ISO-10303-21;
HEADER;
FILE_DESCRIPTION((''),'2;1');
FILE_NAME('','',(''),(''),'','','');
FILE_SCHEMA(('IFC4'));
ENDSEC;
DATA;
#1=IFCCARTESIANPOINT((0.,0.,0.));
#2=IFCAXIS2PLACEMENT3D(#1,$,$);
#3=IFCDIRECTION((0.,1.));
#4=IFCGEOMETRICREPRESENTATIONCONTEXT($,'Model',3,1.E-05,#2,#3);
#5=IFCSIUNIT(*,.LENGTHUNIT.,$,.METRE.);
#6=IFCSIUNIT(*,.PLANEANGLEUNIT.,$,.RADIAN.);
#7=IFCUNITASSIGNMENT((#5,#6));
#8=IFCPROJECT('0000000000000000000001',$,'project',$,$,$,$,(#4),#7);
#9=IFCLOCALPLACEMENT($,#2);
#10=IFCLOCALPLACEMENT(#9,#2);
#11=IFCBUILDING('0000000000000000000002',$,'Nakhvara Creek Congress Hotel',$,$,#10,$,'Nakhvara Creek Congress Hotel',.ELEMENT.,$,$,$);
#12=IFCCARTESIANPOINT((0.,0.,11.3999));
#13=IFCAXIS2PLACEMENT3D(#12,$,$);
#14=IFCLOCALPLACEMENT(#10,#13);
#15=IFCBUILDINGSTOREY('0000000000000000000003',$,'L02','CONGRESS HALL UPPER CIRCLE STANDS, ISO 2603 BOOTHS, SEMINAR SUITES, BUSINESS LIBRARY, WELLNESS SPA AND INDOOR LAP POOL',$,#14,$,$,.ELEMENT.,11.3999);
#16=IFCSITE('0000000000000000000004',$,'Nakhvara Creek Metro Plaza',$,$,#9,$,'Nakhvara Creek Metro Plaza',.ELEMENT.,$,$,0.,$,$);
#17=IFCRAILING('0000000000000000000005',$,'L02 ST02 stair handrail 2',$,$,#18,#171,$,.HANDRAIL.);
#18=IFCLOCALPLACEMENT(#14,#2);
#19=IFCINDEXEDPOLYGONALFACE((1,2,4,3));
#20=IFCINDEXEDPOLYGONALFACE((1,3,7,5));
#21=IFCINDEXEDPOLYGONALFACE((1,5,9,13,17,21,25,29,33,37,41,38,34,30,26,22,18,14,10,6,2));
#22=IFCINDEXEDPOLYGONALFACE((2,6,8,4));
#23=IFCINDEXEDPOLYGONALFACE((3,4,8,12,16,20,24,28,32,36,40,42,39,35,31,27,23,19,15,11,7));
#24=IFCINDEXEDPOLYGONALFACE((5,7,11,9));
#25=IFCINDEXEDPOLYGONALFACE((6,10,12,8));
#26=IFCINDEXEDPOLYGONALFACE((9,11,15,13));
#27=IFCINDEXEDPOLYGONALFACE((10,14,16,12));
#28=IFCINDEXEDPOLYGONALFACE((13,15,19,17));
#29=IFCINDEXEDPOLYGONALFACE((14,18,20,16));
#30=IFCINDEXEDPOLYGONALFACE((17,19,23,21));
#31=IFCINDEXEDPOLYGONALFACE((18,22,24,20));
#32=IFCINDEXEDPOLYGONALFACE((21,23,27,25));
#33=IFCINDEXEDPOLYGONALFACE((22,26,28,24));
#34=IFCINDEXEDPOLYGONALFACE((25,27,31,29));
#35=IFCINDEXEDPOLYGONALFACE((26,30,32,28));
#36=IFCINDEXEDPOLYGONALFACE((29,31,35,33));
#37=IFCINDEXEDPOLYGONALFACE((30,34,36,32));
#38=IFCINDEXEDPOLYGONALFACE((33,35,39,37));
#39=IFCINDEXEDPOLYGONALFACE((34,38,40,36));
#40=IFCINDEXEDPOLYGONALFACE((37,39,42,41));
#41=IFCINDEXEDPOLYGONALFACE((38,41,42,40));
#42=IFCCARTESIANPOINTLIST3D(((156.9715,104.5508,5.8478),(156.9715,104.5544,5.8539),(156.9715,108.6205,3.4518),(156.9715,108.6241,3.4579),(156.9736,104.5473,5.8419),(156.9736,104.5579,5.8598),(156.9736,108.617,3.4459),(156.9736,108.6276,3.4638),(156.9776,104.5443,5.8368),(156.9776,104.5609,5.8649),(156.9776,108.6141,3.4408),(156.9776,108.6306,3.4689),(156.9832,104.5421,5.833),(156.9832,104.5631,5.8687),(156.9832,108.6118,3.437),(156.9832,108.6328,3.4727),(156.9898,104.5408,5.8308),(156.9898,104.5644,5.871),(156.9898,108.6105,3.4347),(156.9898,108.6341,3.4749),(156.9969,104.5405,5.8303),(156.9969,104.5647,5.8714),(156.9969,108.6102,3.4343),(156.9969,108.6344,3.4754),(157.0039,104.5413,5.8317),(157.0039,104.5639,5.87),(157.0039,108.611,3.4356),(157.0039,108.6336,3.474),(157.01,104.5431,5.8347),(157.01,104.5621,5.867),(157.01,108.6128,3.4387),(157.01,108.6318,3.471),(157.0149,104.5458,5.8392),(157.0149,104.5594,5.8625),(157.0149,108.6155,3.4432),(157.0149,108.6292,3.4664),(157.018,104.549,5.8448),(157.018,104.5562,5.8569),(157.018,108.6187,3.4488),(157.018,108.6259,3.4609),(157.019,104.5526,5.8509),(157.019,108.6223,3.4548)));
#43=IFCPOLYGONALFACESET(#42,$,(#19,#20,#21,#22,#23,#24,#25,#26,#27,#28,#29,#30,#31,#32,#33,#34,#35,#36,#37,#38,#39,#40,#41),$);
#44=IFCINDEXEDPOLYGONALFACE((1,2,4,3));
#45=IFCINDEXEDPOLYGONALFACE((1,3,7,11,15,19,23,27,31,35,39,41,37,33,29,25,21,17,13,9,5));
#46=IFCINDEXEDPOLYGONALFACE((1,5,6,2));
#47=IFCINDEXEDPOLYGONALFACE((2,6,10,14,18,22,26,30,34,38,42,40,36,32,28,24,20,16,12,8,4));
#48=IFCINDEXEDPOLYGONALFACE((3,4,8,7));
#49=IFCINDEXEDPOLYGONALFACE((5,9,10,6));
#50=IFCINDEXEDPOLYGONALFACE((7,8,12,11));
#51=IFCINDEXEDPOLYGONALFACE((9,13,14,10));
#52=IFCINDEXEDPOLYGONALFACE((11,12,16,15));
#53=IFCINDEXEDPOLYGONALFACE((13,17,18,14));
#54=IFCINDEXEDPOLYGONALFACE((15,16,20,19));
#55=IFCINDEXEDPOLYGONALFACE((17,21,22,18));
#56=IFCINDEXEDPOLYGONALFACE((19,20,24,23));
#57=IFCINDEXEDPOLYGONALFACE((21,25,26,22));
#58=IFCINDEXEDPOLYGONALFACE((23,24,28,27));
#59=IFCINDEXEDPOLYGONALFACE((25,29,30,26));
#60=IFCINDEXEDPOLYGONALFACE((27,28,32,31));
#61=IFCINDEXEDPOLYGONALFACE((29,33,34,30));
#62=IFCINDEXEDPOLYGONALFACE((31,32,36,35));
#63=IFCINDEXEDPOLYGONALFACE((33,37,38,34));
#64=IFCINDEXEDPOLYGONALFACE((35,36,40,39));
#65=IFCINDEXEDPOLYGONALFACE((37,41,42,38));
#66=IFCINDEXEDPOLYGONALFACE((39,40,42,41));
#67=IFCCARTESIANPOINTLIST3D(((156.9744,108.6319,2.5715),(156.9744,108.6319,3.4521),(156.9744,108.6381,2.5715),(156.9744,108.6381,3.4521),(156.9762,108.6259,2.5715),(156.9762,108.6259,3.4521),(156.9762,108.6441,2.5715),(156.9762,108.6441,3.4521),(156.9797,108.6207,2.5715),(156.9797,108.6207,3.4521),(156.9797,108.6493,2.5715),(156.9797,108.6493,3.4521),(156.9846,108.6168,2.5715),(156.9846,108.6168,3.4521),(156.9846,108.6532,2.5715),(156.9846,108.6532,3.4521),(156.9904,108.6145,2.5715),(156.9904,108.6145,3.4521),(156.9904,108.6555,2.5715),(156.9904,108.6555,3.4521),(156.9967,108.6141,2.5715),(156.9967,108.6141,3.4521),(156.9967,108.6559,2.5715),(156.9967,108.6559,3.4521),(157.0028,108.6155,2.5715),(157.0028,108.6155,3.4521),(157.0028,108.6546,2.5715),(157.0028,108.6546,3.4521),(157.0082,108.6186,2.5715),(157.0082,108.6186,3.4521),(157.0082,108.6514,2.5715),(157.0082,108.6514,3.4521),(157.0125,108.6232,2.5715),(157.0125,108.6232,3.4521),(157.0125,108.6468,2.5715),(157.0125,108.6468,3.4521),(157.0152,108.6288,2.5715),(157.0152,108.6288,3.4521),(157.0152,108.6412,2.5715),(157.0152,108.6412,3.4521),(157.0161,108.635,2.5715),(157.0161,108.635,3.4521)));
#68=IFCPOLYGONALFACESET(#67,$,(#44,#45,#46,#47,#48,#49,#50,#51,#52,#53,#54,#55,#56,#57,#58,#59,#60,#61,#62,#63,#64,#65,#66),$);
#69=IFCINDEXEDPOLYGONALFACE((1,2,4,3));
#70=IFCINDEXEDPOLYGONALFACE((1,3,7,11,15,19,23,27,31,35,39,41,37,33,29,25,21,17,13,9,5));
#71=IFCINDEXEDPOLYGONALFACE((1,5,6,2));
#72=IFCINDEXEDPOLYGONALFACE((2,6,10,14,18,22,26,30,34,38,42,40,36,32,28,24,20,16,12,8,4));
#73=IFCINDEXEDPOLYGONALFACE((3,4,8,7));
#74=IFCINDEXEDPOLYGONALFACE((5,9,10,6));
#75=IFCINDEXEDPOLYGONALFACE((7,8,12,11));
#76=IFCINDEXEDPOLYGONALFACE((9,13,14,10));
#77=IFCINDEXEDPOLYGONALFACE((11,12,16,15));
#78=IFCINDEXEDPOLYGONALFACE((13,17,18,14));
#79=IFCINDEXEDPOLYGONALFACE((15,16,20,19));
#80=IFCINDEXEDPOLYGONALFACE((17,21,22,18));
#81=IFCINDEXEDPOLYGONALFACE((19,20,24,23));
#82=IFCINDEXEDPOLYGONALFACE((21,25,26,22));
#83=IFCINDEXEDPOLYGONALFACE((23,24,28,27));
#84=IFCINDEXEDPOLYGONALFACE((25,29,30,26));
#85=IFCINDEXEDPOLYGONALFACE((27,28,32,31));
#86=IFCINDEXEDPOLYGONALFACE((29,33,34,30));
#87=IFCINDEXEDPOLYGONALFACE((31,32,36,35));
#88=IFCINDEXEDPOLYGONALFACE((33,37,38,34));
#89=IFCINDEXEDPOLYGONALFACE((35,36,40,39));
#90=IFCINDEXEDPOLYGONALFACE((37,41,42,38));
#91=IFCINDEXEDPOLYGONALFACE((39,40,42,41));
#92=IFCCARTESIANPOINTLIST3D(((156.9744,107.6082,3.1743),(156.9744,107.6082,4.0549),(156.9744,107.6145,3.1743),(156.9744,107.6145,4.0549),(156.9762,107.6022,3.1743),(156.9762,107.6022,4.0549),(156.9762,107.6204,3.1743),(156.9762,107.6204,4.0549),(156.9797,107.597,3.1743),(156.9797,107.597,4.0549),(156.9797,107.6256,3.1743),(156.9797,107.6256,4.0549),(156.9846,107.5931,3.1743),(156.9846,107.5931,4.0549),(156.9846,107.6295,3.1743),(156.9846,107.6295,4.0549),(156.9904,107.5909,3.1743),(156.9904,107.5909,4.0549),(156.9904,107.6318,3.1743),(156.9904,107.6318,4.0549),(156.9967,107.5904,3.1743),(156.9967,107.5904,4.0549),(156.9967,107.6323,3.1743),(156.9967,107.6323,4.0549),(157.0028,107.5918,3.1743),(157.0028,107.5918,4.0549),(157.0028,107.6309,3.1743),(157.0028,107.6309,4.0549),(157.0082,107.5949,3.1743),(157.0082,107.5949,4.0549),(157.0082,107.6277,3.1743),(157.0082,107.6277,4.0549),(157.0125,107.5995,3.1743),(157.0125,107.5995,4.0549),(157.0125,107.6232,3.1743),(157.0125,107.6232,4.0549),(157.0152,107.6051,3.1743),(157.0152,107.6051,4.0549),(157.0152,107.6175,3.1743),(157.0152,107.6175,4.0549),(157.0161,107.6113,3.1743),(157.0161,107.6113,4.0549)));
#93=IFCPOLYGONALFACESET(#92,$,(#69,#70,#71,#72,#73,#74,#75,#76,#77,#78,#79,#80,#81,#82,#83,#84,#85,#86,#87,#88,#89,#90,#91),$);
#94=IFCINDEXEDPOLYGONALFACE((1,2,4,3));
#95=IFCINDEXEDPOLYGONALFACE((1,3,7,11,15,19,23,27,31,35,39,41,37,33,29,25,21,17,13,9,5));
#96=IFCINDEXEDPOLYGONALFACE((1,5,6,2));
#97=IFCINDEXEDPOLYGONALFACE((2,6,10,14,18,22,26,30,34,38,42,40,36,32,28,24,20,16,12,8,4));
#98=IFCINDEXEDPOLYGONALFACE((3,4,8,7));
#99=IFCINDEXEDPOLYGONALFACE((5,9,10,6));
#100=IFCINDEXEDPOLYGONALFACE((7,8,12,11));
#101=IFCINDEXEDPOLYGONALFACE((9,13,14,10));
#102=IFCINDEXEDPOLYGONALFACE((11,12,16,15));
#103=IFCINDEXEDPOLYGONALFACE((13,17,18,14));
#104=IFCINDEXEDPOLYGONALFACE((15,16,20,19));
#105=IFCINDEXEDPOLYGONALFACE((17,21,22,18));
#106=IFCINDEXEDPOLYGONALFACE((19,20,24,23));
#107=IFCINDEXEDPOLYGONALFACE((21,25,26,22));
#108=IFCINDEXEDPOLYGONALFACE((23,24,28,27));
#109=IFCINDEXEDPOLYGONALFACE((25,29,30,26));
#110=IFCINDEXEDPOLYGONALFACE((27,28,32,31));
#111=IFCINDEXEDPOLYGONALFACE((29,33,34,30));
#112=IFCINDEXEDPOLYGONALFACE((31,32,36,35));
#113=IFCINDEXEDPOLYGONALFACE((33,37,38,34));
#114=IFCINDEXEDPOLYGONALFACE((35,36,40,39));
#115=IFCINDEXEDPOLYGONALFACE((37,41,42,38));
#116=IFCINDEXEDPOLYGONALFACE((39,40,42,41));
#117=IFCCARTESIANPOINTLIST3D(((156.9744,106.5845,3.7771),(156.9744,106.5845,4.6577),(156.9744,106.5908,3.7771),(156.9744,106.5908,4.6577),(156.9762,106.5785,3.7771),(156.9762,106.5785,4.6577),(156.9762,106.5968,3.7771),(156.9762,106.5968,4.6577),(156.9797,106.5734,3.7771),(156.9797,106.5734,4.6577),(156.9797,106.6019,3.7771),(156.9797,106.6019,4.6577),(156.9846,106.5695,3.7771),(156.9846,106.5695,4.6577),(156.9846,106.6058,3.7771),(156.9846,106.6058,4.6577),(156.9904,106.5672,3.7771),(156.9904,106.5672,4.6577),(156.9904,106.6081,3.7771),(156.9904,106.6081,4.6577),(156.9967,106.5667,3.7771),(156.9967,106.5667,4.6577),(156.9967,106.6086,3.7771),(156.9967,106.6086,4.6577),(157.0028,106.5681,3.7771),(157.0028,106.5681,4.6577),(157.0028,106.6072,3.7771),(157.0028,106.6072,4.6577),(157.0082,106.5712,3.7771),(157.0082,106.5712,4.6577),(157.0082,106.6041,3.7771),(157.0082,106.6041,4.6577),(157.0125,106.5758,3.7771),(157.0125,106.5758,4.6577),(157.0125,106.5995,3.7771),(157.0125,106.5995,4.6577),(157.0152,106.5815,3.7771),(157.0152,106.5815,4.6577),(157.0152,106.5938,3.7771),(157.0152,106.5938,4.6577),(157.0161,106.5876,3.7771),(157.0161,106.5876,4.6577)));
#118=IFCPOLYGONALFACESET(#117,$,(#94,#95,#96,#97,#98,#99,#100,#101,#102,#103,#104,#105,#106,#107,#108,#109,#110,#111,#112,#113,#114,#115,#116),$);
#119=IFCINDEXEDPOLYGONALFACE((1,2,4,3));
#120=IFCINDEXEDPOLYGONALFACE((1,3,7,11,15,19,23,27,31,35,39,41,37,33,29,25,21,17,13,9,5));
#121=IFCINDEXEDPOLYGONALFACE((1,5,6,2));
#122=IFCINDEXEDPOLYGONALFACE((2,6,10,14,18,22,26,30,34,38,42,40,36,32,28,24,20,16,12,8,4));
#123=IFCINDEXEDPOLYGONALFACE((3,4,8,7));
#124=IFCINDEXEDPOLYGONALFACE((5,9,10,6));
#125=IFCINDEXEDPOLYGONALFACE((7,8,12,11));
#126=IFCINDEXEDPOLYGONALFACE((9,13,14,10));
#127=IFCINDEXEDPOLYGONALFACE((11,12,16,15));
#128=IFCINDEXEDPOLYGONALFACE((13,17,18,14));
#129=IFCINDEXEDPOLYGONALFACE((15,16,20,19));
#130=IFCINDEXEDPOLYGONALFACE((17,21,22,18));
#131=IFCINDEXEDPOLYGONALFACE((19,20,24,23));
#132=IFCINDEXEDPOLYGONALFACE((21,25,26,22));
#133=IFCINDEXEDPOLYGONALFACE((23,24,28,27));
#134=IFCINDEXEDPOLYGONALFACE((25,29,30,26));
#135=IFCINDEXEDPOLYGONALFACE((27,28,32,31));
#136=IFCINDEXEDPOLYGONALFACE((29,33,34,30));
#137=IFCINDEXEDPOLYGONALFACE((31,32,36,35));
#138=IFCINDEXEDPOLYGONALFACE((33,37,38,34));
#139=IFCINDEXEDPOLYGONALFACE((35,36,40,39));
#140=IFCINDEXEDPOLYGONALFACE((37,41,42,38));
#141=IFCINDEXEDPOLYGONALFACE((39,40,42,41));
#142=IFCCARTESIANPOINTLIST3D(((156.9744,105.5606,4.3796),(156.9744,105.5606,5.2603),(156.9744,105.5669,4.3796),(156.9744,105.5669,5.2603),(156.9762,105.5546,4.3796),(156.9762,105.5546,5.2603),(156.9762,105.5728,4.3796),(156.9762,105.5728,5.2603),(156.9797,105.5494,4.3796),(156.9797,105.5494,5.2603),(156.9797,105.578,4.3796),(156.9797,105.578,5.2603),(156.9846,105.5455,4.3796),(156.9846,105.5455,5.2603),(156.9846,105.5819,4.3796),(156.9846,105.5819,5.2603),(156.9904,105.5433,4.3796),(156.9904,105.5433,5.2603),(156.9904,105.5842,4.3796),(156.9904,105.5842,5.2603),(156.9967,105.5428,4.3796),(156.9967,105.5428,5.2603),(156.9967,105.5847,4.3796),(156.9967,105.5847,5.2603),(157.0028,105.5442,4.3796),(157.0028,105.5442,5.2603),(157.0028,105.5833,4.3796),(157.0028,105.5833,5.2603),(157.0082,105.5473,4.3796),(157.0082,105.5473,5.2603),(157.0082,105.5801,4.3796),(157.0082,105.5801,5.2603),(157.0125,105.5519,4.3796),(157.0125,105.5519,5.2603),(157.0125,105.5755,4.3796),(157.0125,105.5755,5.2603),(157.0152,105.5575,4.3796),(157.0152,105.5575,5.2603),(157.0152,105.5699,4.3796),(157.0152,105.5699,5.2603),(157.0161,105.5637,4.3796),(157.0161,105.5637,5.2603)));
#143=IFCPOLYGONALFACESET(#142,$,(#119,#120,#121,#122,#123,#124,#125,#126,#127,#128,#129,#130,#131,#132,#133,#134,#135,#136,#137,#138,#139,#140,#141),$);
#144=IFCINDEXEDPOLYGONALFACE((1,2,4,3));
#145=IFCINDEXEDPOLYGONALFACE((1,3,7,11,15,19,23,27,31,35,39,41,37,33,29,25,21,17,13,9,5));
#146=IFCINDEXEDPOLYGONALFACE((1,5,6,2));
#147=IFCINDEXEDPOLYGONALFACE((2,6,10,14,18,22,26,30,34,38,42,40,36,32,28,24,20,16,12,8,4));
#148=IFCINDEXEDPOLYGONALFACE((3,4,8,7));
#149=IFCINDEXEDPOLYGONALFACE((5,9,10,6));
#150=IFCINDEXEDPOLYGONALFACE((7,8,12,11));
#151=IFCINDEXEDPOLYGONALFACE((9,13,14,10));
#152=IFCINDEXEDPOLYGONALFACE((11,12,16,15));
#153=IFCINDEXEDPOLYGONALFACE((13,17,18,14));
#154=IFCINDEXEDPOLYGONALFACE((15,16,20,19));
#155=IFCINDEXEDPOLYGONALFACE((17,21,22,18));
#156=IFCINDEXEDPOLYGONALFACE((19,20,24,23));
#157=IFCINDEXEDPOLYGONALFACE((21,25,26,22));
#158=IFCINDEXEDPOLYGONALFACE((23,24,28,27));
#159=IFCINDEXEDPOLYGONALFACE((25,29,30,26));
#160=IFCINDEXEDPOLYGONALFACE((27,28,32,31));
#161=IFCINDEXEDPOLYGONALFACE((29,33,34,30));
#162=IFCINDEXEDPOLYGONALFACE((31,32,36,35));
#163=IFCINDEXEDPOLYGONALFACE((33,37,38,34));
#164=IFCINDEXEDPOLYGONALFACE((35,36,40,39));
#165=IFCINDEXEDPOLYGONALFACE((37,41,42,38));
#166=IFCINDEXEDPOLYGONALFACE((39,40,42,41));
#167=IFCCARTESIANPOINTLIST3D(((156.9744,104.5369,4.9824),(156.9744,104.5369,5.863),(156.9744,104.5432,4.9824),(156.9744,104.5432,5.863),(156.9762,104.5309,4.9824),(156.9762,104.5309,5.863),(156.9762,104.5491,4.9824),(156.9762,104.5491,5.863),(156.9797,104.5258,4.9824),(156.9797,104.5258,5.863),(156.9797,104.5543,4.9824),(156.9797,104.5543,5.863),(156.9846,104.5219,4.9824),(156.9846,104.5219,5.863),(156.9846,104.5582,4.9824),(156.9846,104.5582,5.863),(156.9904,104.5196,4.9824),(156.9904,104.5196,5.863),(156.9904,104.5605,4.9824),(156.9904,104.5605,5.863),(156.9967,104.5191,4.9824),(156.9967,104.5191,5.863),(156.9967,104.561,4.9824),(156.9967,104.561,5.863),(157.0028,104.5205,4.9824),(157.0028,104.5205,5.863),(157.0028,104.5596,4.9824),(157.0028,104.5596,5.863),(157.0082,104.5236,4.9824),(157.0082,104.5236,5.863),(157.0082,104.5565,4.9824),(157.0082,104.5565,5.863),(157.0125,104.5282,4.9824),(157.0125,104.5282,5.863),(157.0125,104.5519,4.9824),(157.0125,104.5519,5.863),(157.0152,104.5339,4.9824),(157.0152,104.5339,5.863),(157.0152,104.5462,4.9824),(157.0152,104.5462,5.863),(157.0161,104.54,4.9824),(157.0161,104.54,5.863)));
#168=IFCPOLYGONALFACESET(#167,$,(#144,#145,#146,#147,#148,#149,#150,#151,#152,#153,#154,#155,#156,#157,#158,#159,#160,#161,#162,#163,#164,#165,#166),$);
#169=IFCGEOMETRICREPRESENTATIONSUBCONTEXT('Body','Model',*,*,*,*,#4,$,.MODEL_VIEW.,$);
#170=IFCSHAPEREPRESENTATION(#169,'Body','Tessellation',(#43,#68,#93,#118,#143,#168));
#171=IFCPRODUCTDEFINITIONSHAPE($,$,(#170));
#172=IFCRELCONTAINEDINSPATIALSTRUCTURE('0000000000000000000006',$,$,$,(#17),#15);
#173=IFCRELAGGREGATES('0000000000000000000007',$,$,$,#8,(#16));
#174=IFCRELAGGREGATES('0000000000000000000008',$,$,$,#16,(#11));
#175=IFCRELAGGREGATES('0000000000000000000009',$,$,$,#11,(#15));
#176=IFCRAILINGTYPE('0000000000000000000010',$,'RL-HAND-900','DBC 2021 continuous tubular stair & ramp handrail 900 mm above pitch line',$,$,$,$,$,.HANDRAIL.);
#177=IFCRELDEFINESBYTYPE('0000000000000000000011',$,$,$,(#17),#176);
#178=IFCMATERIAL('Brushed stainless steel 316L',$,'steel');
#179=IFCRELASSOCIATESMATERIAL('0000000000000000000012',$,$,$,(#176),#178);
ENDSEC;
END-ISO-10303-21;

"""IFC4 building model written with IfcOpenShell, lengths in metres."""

from ifc_helpers import new_model, si_unit, direction, frame, origin, origin_2d, place, context, subcontext, project, spatial, circle, extrude, material, type_object, element, save


model = new_model("IFC4")

# Units and contexts
model_context = context("Model", 3, precision=1e-05, world=origin(), true_north=direction((0.0, 1.0)))
body_context = subcontext(model_context, "Body", "Model", "MODEL_VIEW")
ifc_project = project(units=[si_unit("LENGTHUNIT", "METRE"), si_unit("PLANEANGLEUNIT", "RADIAN")], contexts=[model_context])

# Site, building, storey
site_placement = place(None, origin())
site = spatial("IfcSite", under=ifc_project, at=site_placement, Name="Nakhvara Creek Metro Plaza", LongName="Nakhvara Creek Metro Plaza", CompositionType="ELEMENT", RefElevation=0.0)
building_placement = place(site_placement, origin())
building = spatial("IfcBuilding", under=site, at=building_placement, Name="Nakhvara Creek Congress Hotel", LongName="Nakhvara Creek Congress Hotel", CompositionType="ELEMENT")
storey_placement = place(building_placement, frame((0.0, 0.0, 11.3999)))
storey = spatial("IfcBuildingStorey", under=building, at=storey_placement, Name="L02", Description="CONGRESS HALL UPPER CIRCLE STANDS, ISO 2603 BOOTHS, SEMINAR SUITES, BUSINESS LIBRARY, WELLNESS SPA AND INDOOR LAP POOL", CompositionType="ELEMENT", Elevation=11.3999)

# Railing
ifc_material_1 = material(Name="Brushed stainless steel 316L", Category="steel")
railing_type_1 = type_object("IfcRailingType", Name="RL-HAND-900", Description="DBC 2021 continuous tubular stair & ramp handrail 900 mm above pitch line", PredefinedType="HANDRAIL", material=ifc_material_1)
railing_1_placement = place(storey_placement, frame((156.9951, 108.635, 2.5715)))
element("IfcRailing", 1, at=railing_1_placement, inside=storey, type_object=railing_type_1, Name="L02 ST02 stair handrail 2", PredefinedType="HANDRAIL", context=body_context, shape_type="SweptSolid", body=[
    extrude(circle(Radius=0.0239, at=origin_2d()), frame((0.0, -0.0127, 0.8833), z_axis=(0.0, -0.861743, 0.507346), x_axis=(1.0, 0.0, 0.0)), (0.0, 0.0, 1.0), 4.7227),
    extrude(circle(Radius=0.021, at=origin_2d()), origin(), (0.0, 0.0, 1.0), 0.8806),
    extrude(circle(Radius=0.021, at=origin_2d()), frame((0.0, -1.0237, 0.6028)), (0.0, 0.0, 1.0), 0.8806),
    extrude(circle(Radius=0.021, at=origin_2d()), frame((0.0, -2.0474, 1.2056)), (0.0, 0.0, 1.0), 0.8806),
    extrude(circle(Radius=0.021, at=origin_2d()), frame((0.0, -3.0713, 1.8081)), (0.0, 0.0, 1.0), 0.8806),
    extrude(circle(Radius=0.021, at=origin_2d()), frame((0.0, -4.095, 2.4109)), (0.0, 0.0, 1.0), 0.8806),
])

save(model, "model.ifc")
